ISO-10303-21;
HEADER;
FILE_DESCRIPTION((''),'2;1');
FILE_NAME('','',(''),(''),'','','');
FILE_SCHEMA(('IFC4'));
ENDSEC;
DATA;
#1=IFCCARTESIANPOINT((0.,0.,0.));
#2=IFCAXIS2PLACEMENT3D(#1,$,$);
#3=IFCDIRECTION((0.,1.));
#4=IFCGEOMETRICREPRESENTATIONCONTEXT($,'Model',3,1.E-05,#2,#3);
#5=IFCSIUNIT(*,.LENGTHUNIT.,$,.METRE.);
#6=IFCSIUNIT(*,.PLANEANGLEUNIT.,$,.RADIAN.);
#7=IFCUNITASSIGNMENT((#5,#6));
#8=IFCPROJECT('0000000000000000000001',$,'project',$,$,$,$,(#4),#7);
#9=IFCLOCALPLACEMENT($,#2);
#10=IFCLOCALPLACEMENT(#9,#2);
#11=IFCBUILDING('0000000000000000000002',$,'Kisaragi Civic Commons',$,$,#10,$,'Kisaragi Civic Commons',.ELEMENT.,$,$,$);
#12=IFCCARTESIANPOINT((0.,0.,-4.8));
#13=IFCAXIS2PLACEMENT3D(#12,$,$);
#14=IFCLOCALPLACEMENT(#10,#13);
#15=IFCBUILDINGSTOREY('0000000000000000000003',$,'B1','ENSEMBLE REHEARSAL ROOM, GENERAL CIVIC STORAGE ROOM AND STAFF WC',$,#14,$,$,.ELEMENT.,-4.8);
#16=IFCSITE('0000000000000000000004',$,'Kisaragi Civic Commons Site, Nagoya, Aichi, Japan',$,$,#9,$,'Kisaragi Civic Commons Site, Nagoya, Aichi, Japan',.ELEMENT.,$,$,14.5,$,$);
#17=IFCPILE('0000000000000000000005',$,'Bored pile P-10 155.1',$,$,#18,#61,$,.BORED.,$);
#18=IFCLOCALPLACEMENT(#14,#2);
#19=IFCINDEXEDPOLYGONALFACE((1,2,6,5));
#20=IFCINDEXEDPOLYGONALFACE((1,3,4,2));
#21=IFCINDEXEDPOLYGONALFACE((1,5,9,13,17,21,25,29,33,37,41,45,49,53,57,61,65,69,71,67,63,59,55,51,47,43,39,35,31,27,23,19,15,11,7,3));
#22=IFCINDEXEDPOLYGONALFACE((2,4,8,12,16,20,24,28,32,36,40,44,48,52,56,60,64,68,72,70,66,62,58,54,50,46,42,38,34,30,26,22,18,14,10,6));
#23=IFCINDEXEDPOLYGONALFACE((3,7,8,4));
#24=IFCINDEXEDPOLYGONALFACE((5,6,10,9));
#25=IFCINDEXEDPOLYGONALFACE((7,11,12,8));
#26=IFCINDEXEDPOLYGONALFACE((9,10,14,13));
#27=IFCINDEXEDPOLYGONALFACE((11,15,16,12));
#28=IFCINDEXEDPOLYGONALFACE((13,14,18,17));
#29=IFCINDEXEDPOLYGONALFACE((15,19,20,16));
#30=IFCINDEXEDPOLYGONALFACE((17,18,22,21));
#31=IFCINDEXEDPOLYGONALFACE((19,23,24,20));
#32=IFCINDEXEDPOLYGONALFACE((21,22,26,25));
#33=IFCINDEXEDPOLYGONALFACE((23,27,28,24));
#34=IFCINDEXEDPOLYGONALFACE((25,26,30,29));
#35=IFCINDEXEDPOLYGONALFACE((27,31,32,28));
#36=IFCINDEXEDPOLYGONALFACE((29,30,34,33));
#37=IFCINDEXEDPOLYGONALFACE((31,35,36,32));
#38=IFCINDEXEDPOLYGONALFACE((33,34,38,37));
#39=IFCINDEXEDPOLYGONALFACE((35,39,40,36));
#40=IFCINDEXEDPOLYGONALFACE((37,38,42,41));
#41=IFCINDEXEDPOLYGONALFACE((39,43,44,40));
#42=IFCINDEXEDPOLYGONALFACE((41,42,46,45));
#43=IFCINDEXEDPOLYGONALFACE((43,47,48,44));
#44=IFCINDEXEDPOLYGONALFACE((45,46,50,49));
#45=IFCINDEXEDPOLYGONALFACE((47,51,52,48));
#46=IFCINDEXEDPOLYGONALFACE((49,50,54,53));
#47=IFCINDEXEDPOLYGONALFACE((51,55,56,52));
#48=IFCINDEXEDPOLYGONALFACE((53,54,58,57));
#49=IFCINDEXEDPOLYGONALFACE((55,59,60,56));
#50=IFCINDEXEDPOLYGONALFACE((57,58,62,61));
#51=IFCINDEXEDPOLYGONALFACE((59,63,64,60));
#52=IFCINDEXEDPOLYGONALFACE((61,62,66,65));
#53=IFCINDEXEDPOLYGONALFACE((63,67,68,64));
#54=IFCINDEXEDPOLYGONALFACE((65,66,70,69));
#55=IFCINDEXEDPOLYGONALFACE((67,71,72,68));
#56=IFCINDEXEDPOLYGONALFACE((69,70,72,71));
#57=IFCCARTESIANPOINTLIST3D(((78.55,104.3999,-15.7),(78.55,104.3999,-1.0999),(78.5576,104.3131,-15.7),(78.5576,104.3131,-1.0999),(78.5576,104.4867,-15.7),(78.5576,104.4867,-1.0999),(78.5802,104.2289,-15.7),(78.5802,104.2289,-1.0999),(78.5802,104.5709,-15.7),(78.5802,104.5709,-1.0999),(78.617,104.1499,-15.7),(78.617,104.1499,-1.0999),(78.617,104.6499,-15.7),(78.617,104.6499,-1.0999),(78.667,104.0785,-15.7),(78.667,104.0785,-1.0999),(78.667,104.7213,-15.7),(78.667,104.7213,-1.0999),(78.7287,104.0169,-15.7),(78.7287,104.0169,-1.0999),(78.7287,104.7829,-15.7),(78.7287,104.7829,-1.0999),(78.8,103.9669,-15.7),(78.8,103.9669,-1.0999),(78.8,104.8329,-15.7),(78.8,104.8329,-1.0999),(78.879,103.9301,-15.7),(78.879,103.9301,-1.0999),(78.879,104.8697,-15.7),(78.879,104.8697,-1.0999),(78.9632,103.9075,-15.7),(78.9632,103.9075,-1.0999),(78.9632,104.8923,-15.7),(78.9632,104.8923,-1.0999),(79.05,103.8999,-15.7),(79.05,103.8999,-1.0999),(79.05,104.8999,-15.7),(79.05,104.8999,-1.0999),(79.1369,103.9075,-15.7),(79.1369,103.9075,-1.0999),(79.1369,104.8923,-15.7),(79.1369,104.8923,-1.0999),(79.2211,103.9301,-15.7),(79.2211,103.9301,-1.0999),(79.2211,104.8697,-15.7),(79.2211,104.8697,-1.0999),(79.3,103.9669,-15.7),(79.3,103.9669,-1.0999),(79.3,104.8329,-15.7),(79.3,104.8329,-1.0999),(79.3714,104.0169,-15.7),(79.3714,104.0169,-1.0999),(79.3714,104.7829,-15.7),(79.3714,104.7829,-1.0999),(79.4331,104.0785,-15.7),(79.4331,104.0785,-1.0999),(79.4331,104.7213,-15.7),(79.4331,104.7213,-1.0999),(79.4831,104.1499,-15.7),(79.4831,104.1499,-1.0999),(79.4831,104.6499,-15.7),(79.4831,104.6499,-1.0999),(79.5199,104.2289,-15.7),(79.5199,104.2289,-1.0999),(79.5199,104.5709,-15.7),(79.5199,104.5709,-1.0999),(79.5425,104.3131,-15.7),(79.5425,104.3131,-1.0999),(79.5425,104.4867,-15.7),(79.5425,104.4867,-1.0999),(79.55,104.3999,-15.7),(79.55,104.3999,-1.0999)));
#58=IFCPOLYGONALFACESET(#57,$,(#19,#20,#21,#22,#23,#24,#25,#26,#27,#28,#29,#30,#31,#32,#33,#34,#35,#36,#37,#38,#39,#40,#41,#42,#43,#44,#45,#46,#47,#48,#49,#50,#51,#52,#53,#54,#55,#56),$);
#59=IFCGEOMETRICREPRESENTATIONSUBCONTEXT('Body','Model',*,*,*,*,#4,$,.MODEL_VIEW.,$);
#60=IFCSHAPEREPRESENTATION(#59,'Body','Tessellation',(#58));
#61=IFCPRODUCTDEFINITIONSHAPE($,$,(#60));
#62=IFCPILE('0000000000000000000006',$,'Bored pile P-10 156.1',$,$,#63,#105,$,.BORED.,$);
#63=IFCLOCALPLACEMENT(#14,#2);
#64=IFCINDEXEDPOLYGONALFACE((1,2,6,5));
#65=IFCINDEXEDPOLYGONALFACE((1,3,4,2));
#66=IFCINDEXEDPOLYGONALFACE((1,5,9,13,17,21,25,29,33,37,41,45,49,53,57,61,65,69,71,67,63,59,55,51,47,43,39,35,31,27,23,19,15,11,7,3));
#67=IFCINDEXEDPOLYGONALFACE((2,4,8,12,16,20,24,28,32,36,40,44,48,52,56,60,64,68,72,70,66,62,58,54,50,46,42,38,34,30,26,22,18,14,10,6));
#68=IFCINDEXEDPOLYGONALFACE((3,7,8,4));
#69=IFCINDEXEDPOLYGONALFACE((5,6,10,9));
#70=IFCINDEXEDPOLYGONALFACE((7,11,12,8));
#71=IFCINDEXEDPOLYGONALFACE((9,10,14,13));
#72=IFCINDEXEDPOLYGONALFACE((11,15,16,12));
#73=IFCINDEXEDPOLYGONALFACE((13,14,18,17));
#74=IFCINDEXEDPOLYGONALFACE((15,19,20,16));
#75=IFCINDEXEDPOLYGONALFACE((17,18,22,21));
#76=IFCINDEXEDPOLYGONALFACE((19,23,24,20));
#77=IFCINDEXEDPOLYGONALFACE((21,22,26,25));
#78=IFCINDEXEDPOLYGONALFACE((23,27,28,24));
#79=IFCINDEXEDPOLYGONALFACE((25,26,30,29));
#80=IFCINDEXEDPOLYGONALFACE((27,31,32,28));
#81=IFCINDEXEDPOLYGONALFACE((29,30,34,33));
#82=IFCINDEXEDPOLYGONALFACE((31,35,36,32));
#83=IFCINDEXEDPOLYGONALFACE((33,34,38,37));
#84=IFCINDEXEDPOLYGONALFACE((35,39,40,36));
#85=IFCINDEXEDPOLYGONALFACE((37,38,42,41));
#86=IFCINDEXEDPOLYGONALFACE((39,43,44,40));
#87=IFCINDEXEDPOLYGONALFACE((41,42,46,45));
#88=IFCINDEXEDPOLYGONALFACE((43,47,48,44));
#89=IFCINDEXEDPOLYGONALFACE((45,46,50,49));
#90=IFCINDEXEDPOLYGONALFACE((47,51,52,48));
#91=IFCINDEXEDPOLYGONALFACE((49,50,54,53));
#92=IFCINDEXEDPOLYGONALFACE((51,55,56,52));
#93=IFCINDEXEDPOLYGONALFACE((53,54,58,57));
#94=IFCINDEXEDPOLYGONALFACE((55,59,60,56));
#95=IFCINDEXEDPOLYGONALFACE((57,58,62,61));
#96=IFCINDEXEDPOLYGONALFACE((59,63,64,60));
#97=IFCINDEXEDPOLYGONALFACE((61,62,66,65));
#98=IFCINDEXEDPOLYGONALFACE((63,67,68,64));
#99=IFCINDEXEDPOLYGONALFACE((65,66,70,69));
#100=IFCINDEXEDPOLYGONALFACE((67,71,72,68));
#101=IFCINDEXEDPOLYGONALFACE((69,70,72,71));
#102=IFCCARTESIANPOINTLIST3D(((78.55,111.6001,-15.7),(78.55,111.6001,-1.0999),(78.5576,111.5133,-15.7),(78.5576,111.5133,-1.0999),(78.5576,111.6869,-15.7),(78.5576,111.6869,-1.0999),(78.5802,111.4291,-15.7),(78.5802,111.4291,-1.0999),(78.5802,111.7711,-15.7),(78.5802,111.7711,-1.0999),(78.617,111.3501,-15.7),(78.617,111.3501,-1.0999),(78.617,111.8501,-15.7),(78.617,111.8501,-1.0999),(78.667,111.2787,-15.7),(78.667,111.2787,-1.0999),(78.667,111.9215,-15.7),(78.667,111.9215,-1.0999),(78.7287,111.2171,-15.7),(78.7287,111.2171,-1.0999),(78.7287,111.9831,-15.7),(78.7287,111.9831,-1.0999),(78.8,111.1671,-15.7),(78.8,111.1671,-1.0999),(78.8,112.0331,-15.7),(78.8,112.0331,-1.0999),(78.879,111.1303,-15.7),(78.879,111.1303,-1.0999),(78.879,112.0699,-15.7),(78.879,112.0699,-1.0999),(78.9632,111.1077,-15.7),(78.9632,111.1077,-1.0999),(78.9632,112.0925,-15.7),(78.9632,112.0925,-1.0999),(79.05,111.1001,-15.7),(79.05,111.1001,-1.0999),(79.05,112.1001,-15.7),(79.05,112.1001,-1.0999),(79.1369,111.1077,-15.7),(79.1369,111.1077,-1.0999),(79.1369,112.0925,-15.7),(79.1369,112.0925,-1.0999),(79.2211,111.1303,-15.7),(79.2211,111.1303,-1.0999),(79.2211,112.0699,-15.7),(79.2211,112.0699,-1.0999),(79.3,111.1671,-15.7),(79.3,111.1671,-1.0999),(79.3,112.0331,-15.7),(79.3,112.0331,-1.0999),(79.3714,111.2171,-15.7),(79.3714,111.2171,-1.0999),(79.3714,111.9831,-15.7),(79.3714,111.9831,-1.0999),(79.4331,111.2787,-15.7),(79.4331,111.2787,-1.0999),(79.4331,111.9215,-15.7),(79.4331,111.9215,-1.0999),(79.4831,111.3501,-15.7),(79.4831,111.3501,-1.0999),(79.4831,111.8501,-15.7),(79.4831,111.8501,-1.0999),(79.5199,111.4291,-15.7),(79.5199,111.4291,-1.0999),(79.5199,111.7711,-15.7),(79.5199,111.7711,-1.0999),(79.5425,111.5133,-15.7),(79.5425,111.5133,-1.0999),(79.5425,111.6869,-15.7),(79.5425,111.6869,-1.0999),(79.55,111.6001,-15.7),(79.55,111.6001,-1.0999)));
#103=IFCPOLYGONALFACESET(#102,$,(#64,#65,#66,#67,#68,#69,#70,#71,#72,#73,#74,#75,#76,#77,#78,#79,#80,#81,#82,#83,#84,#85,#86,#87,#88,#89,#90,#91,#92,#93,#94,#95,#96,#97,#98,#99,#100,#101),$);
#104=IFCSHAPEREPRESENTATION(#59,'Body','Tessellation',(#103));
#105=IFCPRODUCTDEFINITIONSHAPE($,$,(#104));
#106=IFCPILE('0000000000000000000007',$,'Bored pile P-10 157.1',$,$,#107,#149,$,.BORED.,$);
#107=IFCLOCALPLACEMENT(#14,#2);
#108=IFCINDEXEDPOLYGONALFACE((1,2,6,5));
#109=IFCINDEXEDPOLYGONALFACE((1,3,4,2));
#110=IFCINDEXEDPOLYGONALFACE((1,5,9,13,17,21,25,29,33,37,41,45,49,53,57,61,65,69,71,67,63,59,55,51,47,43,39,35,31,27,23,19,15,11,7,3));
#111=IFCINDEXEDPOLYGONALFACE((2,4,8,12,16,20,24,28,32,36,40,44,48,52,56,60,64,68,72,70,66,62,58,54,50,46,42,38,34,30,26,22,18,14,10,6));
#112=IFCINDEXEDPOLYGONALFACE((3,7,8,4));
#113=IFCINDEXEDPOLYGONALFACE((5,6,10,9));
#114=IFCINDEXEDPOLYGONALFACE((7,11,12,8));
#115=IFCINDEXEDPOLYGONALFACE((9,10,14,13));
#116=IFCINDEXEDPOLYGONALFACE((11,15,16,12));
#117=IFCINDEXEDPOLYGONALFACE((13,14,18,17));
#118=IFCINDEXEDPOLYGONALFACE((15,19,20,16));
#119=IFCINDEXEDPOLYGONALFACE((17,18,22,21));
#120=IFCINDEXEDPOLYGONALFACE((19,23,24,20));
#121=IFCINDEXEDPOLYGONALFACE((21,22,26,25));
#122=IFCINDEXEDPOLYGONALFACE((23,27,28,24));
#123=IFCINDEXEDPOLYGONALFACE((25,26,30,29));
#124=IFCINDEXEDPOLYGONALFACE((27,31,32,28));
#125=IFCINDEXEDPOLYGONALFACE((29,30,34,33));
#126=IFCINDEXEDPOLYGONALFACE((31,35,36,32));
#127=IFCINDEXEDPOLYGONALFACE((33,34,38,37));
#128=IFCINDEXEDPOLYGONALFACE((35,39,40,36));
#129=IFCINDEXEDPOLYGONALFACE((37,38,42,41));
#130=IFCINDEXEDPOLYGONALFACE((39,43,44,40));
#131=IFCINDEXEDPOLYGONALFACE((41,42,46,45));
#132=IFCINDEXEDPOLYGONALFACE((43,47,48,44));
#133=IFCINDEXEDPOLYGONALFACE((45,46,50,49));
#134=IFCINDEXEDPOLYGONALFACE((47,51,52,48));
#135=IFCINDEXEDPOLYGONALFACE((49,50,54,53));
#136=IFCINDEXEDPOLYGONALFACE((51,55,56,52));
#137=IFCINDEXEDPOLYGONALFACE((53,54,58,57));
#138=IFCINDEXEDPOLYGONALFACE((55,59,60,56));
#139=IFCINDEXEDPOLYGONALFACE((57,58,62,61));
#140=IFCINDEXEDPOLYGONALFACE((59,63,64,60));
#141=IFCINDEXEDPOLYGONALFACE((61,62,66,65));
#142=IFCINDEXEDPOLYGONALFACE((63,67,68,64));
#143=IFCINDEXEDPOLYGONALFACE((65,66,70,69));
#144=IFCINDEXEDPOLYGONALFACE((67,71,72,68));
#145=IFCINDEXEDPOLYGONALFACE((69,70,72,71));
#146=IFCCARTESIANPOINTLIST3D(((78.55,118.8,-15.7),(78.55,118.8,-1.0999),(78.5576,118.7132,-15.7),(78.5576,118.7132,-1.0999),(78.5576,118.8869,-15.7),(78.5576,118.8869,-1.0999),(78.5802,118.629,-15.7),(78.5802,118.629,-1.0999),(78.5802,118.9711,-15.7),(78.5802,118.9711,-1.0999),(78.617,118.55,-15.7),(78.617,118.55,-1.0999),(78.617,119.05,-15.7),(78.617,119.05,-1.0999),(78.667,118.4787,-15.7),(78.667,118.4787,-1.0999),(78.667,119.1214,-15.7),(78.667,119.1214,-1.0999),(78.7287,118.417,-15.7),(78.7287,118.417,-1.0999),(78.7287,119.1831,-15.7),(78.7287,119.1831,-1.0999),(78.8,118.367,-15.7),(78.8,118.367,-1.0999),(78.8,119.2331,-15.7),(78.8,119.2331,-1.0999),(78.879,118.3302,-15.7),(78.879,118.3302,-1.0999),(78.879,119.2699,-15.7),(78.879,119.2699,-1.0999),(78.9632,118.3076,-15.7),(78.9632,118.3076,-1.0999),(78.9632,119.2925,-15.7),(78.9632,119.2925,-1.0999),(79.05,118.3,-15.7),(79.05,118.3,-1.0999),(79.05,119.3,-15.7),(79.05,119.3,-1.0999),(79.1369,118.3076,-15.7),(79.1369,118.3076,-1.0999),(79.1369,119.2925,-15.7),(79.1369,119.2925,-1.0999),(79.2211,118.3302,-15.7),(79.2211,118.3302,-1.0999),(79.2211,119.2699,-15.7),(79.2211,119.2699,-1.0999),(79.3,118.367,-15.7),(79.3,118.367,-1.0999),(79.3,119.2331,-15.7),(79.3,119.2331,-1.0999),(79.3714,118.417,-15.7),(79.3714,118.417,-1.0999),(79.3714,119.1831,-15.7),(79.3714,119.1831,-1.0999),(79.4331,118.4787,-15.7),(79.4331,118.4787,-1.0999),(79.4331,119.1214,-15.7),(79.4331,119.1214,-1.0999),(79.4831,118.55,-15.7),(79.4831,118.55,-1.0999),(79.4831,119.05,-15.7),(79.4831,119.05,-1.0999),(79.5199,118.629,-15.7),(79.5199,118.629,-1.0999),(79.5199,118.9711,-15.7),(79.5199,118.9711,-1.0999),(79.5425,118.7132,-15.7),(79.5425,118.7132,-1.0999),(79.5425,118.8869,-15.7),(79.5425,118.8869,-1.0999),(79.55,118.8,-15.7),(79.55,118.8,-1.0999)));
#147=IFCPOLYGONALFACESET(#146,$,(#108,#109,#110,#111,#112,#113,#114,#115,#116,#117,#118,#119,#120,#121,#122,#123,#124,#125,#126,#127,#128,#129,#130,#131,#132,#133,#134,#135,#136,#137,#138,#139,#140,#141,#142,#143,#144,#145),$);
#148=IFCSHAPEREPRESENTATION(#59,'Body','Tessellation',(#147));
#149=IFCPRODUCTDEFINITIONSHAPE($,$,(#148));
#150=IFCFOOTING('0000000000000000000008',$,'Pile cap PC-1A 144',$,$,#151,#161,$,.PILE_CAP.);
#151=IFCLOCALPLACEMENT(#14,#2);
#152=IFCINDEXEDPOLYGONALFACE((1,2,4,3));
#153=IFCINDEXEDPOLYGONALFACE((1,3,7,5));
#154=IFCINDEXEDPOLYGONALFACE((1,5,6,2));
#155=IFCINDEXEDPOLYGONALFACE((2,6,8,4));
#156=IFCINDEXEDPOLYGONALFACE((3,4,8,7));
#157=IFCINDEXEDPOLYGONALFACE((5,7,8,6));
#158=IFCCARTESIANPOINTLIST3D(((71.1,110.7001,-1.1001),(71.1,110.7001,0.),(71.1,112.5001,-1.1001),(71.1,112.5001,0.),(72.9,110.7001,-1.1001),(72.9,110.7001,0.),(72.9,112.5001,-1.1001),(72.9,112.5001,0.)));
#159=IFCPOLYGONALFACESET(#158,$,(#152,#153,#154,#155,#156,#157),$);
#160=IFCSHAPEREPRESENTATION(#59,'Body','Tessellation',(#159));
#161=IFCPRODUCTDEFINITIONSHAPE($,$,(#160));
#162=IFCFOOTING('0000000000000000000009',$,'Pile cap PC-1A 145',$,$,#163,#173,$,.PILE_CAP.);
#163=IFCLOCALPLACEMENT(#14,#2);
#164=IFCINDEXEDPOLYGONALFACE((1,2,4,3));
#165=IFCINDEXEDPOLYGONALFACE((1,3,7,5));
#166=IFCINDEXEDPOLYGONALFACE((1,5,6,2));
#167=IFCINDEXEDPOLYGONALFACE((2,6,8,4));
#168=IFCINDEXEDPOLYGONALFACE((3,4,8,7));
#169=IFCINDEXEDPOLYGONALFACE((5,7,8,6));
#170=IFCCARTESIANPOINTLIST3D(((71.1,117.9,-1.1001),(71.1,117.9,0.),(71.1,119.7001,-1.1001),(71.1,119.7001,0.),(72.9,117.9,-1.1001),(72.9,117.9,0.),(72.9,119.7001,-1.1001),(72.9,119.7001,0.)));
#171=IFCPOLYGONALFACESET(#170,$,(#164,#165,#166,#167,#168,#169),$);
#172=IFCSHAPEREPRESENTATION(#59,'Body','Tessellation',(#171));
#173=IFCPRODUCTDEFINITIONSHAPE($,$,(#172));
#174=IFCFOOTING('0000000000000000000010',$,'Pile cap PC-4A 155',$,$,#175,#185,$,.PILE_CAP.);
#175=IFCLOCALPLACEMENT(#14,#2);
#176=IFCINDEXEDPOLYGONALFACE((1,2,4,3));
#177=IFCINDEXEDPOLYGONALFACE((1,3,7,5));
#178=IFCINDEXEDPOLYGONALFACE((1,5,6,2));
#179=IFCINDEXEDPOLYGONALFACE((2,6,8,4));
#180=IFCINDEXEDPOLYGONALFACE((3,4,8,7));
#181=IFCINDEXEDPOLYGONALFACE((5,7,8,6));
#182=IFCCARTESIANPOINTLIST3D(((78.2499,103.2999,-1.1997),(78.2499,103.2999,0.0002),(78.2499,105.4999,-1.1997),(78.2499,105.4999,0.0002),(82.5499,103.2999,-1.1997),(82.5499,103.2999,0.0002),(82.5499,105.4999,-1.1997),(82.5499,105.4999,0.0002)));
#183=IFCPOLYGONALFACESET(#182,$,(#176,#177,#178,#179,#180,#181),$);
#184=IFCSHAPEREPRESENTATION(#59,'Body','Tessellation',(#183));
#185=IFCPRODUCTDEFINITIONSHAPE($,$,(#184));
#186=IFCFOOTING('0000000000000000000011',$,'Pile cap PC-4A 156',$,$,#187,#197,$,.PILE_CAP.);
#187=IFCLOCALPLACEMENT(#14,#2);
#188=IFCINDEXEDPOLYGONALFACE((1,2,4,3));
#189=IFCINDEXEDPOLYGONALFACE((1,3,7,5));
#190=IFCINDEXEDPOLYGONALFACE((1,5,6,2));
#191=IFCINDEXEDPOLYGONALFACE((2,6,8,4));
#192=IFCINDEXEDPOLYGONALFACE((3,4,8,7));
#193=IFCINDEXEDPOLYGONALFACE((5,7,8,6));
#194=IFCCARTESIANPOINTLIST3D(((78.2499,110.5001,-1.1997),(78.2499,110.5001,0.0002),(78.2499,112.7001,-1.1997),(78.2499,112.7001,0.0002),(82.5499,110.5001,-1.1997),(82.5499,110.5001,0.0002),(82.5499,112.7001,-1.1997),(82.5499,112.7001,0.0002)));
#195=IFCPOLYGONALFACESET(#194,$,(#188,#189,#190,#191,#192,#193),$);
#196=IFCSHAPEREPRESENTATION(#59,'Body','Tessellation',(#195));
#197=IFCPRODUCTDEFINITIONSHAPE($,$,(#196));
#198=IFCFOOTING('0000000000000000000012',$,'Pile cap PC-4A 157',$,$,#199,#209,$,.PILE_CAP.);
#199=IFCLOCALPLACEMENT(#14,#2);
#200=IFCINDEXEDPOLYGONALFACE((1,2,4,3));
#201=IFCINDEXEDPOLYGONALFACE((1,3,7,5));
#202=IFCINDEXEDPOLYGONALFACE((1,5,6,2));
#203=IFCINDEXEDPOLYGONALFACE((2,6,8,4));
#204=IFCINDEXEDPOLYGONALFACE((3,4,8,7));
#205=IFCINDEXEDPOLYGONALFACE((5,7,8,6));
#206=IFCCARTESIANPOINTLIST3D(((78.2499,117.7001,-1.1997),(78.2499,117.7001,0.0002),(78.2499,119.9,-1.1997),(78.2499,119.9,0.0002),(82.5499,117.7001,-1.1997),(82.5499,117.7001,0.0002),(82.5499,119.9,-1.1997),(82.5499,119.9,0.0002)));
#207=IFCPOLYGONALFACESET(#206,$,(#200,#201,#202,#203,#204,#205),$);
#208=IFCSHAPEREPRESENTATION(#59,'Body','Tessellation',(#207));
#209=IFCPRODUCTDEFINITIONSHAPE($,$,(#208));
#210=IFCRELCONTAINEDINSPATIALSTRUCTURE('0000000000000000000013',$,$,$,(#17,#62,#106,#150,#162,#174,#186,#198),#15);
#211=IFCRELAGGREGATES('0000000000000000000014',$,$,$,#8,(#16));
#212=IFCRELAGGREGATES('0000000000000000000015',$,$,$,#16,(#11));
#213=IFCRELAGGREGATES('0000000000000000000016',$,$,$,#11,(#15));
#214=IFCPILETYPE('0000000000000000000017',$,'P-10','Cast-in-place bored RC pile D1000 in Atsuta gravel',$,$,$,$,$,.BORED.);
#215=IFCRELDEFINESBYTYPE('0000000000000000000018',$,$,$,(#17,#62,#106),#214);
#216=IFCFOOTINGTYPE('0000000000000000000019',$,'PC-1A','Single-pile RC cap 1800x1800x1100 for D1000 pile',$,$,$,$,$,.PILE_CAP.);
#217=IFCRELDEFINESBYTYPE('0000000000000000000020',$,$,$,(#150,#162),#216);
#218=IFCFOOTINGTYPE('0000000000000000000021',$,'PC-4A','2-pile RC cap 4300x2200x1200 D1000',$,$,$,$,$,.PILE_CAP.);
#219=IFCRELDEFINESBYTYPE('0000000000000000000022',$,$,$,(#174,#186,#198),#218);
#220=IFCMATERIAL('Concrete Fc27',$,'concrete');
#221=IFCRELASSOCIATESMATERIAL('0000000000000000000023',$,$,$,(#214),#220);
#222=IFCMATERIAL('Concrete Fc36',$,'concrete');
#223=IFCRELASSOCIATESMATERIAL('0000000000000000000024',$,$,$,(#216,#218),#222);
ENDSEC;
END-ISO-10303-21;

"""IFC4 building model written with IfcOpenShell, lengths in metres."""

from ifc_helpers import new_model, si_unit, direction, frame, origin, origin_2d, place, context, subcontext, project, spatial, rectangle, circle, extrude, material, material_profile, profile_set, type_object, element, save


model = new_model("IFC4")

# Units and contexts
model_context = context("Model", 3, precision=1e-05, world=origin(), true_north=direction((0.0, 1.0)))
body_context = subcontext(model_context, "Body", "Model", "MODEL_VIEW")
ifc_project = project(units=[si_unit("LENGTHUNIT", "METRE"), si_unit("PLANEANGLEUNIT", "RADIAN")], contexts=[model_context])

# Site, building, storey
site_placement = place(None, origin())
site = spatial("IfcSite", under=ifc_project, at=site_placement, Name="Kisaragi Civic Commons Site, Nagoya, Aichi, Japan", LongName="Kisaragi Civic Commons Site, Nagoya, Aichi, Japan", CompositionType="ELEMENT", RefElevation=14.5)
building_placement = place(site_placement, origin())
building = spatial("IfcBuilding", under=site, at=building_placement, Name="Kisaragi Civic Commons", LongName="Kisaragi Civic Commons", CompositionType="ELEMENT")
storey_placement = place(building_placement, frame((0.0, 0.0, -4.8)))
storey = spatial("IfcBuildingStorey", under=building, at=storey_placement, Name="B1", Description="ENSEMBLE REHEARSAL ROOM, GENERAL CIVIC STORAGE ROOM AND STAFF WC", CompositionType="ELEMENT", Elevation=-4.8)

# Shared definitions
ifc_material_1 = material(Name="Concrete Fc27", Category="concrete")

# Piles
ifc_material_profile_1 = material_profile(ifc_material_1, circle(Radius=0.5, at=origin_2d()), Name="PILE-D1000", Category="concrete")
ifc_profile_set_1 = profile_set([ifc_material_profile_1], Name="Concrete Fc27")
pile_type = type_object("IfcPileType", Name="P-10", Description="Cast-in-place bored RC pile D1000 in Atsuta gravel", PredefinedType="BORED", material=ifc_profile_set_1)
for number, where, z_axis, x_axis, name in (
    (1, (79.05, 104.3999, -1.0999), (0.0, 0.0, -1.0), (1.0, 0.0, 0.0), "Bored pile P-10 155.1"),
    (2, (79.05, 111.6001, -1.0999), (0.0, 0.0, -1.0), (1.0, 0.0, 0.0), "Bored pile P-10 156.1"),
    (3, (79.05, 118.8, -1.0999), (0.0, 0.0, -1.0), (1.0, 0.0, 0.0), "Bored pile P-10 157.1"),
):
    element("IfcPile", number, at=place(storey_placement, frame(where, z_axis=z_axis, x_axis=x_axis)), inside=storey, type_object=pile_type, Name=name, PredefinedType="BORED", context=body_context, shape_type="SweptSolid", body=[
        extrude(circle(Radius=0.5, at=origin_2d()), origin(), (0.0, 0.0, 1.0), 14.6001),
    ])

# Footings
ifc_material_2 = material(Name="Concrete Fc36", Category="concrete")
footing_type_1 = type_object("IfcFootingType", Name="PC-1A", Description="Single-pile RC cap 1800x1800x1100 for D1000 pile", PredefinedType="PILE_CAP", material=ifc_material_2)
for number, where, z_axis, x_axis, name in (
    (4, (72.0, 111.6001, -1.1001), (0.0, 0.0, 1.0), (1.0, 0.0, 0.0), "Pile cap PC-1A 144"),
    (5, (72.0, 118.8, -1.1001), (0.0, 0.0, 1.0), (1.0, 0.0, 0.0), "Pile cap PC-1A 145"),
):
    element("IfcFooting", number, at=place(storey_placement, frame(where, z_axis=z_axis, x_axis=x_axis)), inside=storey, type_object=footing_type_1, Name=name, PredefinedType="PILE_CAP", context=body_context, shape_type="SweptSolid", body=[
        extrude(rectangle(XDim=1.8, YDim=1.8, at=origin_2d()), origin(), (0.0, 0.0, 1.0), 1.1001),
    ])
footing_type_2 = type_object("IfcFootingType", Name="PC-4A", Description="2-pile RC cap 4300x2200x1200 D1000", PredefinedType="PILE_CAP", material=ifc_material_2)
for number, where, z_axis, x_axis, name in (
    (6, (80.3999, 104.3999, -1.1997), (0.0, 0.0, 1.0), (1.0, 0.0, 0.0), "Pile cap PC-4A 155"),
    (7, (80.3999, 111.6001, -1.1997), (0.0, 0.0, 1.0), (1.0, 0.0, 0.0), "Pile cap PC-4A 156"),
    (8, (80.3999, 118.8, -1.1997), (0.0, 0.0, 1.0), (1.0, 0.0, 0.0), "Pile cap PC-4A 157"),
):
    element("IfcFooting", number, at=place(storey_placement, frame(where, z_axis=z_axis, x_axis=x_axis)), inside=storey, type_object=footing_type_2, Name=name, PredefinedType="PILE_CAP", context=body_context, shape_type="SweptSolid", body=[
        extrude(rectangle(XDim=4.3, YDim=2.2, at=origin_2d()), origin(), (0.0, 0.0, 1.0), 1.2),
    ])

save(model, "model.ifc")
